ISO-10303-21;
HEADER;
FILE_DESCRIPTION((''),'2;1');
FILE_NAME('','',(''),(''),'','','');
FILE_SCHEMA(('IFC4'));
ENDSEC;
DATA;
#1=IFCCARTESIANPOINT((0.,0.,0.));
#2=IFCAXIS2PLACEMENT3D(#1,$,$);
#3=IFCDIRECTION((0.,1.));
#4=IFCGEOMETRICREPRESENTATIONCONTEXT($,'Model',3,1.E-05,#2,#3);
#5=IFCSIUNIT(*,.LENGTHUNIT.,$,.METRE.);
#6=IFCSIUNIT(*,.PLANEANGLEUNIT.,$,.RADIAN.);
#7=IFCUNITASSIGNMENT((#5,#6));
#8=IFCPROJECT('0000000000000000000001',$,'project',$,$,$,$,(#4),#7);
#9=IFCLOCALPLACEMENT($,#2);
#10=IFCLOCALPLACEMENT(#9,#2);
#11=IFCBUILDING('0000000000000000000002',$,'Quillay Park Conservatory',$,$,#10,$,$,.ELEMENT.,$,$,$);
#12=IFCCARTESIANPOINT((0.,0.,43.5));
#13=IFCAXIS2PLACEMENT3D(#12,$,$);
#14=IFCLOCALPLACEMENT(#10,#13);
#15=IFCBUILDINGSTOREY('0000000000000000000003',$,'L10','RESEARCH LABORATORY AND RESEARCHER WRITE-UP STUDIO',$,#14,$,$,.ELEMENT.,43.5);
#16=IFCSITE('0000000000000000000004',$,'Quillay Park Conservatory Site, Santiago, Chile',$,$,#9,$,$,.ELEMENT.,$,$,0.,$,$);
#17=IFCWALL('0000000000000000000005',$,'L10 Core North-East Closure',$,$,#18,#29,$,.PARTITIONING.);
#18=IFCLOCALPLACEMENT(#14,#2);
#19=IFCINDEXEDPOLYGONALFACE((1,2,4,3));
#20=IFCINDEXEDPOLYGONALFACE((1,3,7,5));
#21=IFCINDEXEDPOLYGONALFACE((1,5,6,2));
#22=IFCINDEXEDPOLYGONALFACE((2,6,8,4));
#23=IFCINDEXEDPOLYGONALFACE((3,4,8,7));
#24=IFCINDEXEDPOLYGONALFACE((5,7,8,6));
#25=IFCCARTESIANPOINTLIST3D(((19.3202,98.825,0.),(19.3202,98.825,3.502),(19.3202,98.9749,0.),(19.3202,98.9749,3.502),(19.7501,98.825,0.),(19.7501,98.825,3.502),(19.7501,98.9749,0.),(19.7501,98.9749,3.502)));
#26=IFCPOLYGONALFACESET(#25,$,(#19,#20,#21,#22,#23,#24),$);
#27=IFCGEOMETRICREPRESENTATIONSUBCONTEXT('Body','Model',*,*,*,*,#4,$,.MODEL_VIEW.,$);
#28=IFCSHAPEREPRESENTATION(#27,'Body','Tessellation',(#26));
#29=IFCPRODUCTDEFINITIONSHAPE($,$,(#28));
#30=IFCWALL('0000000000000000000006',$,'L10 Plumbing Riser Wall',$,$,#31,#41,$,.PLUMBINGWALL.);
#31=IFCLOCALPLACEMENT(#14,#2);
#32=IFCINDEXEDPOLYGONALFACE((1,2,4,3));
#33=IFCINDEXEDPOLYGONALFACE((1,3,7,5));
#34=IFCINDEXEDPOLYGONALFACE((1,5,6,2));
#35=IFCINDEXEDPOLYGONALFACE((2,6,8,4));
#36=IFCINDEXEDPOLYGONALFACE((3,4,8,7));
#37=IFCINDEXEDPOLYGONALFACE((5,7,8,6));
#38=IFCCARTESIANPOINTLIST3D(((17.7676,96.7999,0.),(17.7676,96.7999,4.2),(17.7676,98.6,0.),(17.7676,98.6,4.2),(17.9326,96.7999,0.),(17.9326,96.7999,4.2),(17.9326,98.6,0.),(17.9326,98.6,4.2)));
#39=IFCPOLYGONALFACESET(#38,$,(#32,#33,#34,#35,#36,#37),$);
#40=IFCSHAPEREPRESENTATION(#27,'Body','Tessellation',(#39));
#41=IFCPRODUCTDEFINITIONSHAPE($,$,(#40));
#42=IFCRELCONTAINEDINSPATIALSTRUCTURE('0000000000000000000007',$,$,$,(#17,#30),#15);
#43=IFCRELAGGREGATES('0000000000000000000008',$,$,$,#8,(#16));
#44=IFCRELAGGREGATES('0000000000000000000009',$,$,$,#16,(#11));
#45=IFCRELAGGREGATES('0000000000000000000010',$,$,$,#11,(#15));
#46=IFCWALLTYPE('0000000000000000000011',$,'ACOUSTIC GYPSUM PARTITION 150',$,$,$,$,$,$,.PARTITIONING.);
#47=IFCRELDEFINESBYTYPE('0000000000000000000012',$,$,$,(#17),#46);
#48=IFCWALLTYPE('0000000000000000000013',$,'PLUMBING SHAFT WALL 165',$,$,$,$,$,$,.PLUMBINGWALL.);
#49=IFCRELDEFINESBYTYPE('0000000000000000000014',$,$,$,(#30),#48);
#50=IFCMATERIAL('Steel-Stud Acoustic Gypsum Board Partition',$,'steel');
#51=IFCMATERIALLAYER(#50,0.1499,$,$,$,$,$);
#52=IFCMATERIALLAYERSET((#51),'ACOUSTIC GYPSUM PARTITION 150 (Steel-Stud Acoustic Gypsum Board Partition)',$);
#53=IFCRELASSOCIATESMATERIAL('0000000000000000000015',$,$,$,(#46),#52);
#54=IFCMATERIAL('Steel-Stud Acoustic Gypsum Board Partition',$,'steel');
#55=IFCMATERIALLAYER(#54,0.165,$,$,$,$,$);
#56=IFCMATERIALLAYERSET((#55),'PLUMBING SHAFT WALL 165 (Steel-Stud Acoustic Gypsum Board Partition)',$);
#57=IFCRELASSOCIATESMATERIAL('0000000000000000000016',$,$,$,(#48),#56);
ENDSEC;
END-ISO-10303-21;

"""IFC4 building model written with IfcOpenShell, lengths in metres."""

from ifc_helpers import new_model, si_unit, direction, frame, frame_2d, origin, place, context, subcontext, project, spatial, rectangle, extrude, material, layer, layer_set, type_object, element, save


model = new_model("IFC4")

# Units and contexts
model_context = context("Model", 3, precision=1e-05, world=origin(), true_north=direction((0.0, 1.0)))
body_context = subcontext(model_context, "Body", "Model", "MODEL_VIEW")
ifc_project = project(units=[si_unit("LENGTHUNIT", "METRE"), si_unit("PLANEANGLEUNIT", "RADIAN")], contexts=[model_context])

# Site, building, storey
site_placement = place(None, origin())
site = spatial("IfcSite", under=ifc_project, at=site_placement, Name="Quillay Park Conservatory Site, Santiago, Chile", CompositionType="ELEMENT", RefElevation=0.0)
building_placement = place(site_placement, origin())
building = spatial("IfcBuilding", under=site, at=building_placement, Name="Quillay Park Conservatory", CompositionType="ELEMENT")
storey_placement = place(building_placement, frame((0.0, 0.0, 43.5)))
storey = spatial("IfcBuildingStorey", under=building, at=storey_placement, Name="L10", Description="RESEARCH LABORATORY AND RESEARCHER WRITE-UP STUDIO", CompositionType="ELEMENT", Elevation=43.5)

# Walls
ifc_material_1 = material(Name="Steel-Stud Acoustic Gypsum Board Partition", Category="steel")
ifc_layer_1 = layer(ifc_material_1, 0.1499)
ifc_layer_set_1 = layer_set([ifc_layer_1], Name="ACOUSTIC GYPSUM PARTITION 150 (Steel-Stud Acoustic Gypsum Board Partition)")
wall_type_1 = type_object("IfcWallType", Name="ACOUSTIC GYPSUM PARTITION 150", PredefinedType="PARTITIONING", material=ifc_layer_set_1)
wall_1_placement = place(storey_placement, frame((19.75, 98.8999, 0.0), z_axis=(0.0, 0.0, 1.0), x_axis=(-1.0, 0.0, 0.0)))
element("IfcWall", 1, at=wall_1_placement, inside=storey, type_object=wall_type_1, Name="L10 Core North-East Closure", PredefinedType="PARTITIONING", context=body_context, shape_type="SweptSolid", body=[
    extrude(rectangle(XDim=0.4299, YDim=0.1499, at=frame_2d((0.2148, 0.0))), origin(), (0.0, 0.0, 1.0), 3.502),
])
ifc_material_2 = material(Name="Steel-Stud Acoustic Gypsum Board Partition", Category="steel")
ifc_layer_2 = layer(ifc_material_2, 0.165)
ifc_layer_set_2 = layer_set([ifc_layer_2], Name="PLUMBING SHAFT WALL 165 (Steel-Stud Acoustic Gypsum Board Partition)")
wall_type_2 = type_object("IfcWallType", Name="PLUMBING SHAFT WALL 165", PredefinedType="PLUMBINGWALL", material=ifc_layer_set_2)
wall_2_placement = place(storey_placement, frame((17.8501, 96.8, 0.0), z_axis=(0.0, 0.0, 1.0), x_axis=(0.0, 1.0, 0.0)))
element("IfcWall", 2, at=wall_2_placement, inside=storey, type_object=wall_type_2, Name="L10 Plumbing Riser Wall", PredefinedType="PLUMBINGWALL", context=body_context, shape_type="SweptSolid", body=[
    extrude(rectangle(XDim=1.8, YDim=0.165, at=frame_2d((0.8999, 0.0))), origin(), (0.0, 0.0, 1.0), 4.2),
])

save(model, "model.ifc")
